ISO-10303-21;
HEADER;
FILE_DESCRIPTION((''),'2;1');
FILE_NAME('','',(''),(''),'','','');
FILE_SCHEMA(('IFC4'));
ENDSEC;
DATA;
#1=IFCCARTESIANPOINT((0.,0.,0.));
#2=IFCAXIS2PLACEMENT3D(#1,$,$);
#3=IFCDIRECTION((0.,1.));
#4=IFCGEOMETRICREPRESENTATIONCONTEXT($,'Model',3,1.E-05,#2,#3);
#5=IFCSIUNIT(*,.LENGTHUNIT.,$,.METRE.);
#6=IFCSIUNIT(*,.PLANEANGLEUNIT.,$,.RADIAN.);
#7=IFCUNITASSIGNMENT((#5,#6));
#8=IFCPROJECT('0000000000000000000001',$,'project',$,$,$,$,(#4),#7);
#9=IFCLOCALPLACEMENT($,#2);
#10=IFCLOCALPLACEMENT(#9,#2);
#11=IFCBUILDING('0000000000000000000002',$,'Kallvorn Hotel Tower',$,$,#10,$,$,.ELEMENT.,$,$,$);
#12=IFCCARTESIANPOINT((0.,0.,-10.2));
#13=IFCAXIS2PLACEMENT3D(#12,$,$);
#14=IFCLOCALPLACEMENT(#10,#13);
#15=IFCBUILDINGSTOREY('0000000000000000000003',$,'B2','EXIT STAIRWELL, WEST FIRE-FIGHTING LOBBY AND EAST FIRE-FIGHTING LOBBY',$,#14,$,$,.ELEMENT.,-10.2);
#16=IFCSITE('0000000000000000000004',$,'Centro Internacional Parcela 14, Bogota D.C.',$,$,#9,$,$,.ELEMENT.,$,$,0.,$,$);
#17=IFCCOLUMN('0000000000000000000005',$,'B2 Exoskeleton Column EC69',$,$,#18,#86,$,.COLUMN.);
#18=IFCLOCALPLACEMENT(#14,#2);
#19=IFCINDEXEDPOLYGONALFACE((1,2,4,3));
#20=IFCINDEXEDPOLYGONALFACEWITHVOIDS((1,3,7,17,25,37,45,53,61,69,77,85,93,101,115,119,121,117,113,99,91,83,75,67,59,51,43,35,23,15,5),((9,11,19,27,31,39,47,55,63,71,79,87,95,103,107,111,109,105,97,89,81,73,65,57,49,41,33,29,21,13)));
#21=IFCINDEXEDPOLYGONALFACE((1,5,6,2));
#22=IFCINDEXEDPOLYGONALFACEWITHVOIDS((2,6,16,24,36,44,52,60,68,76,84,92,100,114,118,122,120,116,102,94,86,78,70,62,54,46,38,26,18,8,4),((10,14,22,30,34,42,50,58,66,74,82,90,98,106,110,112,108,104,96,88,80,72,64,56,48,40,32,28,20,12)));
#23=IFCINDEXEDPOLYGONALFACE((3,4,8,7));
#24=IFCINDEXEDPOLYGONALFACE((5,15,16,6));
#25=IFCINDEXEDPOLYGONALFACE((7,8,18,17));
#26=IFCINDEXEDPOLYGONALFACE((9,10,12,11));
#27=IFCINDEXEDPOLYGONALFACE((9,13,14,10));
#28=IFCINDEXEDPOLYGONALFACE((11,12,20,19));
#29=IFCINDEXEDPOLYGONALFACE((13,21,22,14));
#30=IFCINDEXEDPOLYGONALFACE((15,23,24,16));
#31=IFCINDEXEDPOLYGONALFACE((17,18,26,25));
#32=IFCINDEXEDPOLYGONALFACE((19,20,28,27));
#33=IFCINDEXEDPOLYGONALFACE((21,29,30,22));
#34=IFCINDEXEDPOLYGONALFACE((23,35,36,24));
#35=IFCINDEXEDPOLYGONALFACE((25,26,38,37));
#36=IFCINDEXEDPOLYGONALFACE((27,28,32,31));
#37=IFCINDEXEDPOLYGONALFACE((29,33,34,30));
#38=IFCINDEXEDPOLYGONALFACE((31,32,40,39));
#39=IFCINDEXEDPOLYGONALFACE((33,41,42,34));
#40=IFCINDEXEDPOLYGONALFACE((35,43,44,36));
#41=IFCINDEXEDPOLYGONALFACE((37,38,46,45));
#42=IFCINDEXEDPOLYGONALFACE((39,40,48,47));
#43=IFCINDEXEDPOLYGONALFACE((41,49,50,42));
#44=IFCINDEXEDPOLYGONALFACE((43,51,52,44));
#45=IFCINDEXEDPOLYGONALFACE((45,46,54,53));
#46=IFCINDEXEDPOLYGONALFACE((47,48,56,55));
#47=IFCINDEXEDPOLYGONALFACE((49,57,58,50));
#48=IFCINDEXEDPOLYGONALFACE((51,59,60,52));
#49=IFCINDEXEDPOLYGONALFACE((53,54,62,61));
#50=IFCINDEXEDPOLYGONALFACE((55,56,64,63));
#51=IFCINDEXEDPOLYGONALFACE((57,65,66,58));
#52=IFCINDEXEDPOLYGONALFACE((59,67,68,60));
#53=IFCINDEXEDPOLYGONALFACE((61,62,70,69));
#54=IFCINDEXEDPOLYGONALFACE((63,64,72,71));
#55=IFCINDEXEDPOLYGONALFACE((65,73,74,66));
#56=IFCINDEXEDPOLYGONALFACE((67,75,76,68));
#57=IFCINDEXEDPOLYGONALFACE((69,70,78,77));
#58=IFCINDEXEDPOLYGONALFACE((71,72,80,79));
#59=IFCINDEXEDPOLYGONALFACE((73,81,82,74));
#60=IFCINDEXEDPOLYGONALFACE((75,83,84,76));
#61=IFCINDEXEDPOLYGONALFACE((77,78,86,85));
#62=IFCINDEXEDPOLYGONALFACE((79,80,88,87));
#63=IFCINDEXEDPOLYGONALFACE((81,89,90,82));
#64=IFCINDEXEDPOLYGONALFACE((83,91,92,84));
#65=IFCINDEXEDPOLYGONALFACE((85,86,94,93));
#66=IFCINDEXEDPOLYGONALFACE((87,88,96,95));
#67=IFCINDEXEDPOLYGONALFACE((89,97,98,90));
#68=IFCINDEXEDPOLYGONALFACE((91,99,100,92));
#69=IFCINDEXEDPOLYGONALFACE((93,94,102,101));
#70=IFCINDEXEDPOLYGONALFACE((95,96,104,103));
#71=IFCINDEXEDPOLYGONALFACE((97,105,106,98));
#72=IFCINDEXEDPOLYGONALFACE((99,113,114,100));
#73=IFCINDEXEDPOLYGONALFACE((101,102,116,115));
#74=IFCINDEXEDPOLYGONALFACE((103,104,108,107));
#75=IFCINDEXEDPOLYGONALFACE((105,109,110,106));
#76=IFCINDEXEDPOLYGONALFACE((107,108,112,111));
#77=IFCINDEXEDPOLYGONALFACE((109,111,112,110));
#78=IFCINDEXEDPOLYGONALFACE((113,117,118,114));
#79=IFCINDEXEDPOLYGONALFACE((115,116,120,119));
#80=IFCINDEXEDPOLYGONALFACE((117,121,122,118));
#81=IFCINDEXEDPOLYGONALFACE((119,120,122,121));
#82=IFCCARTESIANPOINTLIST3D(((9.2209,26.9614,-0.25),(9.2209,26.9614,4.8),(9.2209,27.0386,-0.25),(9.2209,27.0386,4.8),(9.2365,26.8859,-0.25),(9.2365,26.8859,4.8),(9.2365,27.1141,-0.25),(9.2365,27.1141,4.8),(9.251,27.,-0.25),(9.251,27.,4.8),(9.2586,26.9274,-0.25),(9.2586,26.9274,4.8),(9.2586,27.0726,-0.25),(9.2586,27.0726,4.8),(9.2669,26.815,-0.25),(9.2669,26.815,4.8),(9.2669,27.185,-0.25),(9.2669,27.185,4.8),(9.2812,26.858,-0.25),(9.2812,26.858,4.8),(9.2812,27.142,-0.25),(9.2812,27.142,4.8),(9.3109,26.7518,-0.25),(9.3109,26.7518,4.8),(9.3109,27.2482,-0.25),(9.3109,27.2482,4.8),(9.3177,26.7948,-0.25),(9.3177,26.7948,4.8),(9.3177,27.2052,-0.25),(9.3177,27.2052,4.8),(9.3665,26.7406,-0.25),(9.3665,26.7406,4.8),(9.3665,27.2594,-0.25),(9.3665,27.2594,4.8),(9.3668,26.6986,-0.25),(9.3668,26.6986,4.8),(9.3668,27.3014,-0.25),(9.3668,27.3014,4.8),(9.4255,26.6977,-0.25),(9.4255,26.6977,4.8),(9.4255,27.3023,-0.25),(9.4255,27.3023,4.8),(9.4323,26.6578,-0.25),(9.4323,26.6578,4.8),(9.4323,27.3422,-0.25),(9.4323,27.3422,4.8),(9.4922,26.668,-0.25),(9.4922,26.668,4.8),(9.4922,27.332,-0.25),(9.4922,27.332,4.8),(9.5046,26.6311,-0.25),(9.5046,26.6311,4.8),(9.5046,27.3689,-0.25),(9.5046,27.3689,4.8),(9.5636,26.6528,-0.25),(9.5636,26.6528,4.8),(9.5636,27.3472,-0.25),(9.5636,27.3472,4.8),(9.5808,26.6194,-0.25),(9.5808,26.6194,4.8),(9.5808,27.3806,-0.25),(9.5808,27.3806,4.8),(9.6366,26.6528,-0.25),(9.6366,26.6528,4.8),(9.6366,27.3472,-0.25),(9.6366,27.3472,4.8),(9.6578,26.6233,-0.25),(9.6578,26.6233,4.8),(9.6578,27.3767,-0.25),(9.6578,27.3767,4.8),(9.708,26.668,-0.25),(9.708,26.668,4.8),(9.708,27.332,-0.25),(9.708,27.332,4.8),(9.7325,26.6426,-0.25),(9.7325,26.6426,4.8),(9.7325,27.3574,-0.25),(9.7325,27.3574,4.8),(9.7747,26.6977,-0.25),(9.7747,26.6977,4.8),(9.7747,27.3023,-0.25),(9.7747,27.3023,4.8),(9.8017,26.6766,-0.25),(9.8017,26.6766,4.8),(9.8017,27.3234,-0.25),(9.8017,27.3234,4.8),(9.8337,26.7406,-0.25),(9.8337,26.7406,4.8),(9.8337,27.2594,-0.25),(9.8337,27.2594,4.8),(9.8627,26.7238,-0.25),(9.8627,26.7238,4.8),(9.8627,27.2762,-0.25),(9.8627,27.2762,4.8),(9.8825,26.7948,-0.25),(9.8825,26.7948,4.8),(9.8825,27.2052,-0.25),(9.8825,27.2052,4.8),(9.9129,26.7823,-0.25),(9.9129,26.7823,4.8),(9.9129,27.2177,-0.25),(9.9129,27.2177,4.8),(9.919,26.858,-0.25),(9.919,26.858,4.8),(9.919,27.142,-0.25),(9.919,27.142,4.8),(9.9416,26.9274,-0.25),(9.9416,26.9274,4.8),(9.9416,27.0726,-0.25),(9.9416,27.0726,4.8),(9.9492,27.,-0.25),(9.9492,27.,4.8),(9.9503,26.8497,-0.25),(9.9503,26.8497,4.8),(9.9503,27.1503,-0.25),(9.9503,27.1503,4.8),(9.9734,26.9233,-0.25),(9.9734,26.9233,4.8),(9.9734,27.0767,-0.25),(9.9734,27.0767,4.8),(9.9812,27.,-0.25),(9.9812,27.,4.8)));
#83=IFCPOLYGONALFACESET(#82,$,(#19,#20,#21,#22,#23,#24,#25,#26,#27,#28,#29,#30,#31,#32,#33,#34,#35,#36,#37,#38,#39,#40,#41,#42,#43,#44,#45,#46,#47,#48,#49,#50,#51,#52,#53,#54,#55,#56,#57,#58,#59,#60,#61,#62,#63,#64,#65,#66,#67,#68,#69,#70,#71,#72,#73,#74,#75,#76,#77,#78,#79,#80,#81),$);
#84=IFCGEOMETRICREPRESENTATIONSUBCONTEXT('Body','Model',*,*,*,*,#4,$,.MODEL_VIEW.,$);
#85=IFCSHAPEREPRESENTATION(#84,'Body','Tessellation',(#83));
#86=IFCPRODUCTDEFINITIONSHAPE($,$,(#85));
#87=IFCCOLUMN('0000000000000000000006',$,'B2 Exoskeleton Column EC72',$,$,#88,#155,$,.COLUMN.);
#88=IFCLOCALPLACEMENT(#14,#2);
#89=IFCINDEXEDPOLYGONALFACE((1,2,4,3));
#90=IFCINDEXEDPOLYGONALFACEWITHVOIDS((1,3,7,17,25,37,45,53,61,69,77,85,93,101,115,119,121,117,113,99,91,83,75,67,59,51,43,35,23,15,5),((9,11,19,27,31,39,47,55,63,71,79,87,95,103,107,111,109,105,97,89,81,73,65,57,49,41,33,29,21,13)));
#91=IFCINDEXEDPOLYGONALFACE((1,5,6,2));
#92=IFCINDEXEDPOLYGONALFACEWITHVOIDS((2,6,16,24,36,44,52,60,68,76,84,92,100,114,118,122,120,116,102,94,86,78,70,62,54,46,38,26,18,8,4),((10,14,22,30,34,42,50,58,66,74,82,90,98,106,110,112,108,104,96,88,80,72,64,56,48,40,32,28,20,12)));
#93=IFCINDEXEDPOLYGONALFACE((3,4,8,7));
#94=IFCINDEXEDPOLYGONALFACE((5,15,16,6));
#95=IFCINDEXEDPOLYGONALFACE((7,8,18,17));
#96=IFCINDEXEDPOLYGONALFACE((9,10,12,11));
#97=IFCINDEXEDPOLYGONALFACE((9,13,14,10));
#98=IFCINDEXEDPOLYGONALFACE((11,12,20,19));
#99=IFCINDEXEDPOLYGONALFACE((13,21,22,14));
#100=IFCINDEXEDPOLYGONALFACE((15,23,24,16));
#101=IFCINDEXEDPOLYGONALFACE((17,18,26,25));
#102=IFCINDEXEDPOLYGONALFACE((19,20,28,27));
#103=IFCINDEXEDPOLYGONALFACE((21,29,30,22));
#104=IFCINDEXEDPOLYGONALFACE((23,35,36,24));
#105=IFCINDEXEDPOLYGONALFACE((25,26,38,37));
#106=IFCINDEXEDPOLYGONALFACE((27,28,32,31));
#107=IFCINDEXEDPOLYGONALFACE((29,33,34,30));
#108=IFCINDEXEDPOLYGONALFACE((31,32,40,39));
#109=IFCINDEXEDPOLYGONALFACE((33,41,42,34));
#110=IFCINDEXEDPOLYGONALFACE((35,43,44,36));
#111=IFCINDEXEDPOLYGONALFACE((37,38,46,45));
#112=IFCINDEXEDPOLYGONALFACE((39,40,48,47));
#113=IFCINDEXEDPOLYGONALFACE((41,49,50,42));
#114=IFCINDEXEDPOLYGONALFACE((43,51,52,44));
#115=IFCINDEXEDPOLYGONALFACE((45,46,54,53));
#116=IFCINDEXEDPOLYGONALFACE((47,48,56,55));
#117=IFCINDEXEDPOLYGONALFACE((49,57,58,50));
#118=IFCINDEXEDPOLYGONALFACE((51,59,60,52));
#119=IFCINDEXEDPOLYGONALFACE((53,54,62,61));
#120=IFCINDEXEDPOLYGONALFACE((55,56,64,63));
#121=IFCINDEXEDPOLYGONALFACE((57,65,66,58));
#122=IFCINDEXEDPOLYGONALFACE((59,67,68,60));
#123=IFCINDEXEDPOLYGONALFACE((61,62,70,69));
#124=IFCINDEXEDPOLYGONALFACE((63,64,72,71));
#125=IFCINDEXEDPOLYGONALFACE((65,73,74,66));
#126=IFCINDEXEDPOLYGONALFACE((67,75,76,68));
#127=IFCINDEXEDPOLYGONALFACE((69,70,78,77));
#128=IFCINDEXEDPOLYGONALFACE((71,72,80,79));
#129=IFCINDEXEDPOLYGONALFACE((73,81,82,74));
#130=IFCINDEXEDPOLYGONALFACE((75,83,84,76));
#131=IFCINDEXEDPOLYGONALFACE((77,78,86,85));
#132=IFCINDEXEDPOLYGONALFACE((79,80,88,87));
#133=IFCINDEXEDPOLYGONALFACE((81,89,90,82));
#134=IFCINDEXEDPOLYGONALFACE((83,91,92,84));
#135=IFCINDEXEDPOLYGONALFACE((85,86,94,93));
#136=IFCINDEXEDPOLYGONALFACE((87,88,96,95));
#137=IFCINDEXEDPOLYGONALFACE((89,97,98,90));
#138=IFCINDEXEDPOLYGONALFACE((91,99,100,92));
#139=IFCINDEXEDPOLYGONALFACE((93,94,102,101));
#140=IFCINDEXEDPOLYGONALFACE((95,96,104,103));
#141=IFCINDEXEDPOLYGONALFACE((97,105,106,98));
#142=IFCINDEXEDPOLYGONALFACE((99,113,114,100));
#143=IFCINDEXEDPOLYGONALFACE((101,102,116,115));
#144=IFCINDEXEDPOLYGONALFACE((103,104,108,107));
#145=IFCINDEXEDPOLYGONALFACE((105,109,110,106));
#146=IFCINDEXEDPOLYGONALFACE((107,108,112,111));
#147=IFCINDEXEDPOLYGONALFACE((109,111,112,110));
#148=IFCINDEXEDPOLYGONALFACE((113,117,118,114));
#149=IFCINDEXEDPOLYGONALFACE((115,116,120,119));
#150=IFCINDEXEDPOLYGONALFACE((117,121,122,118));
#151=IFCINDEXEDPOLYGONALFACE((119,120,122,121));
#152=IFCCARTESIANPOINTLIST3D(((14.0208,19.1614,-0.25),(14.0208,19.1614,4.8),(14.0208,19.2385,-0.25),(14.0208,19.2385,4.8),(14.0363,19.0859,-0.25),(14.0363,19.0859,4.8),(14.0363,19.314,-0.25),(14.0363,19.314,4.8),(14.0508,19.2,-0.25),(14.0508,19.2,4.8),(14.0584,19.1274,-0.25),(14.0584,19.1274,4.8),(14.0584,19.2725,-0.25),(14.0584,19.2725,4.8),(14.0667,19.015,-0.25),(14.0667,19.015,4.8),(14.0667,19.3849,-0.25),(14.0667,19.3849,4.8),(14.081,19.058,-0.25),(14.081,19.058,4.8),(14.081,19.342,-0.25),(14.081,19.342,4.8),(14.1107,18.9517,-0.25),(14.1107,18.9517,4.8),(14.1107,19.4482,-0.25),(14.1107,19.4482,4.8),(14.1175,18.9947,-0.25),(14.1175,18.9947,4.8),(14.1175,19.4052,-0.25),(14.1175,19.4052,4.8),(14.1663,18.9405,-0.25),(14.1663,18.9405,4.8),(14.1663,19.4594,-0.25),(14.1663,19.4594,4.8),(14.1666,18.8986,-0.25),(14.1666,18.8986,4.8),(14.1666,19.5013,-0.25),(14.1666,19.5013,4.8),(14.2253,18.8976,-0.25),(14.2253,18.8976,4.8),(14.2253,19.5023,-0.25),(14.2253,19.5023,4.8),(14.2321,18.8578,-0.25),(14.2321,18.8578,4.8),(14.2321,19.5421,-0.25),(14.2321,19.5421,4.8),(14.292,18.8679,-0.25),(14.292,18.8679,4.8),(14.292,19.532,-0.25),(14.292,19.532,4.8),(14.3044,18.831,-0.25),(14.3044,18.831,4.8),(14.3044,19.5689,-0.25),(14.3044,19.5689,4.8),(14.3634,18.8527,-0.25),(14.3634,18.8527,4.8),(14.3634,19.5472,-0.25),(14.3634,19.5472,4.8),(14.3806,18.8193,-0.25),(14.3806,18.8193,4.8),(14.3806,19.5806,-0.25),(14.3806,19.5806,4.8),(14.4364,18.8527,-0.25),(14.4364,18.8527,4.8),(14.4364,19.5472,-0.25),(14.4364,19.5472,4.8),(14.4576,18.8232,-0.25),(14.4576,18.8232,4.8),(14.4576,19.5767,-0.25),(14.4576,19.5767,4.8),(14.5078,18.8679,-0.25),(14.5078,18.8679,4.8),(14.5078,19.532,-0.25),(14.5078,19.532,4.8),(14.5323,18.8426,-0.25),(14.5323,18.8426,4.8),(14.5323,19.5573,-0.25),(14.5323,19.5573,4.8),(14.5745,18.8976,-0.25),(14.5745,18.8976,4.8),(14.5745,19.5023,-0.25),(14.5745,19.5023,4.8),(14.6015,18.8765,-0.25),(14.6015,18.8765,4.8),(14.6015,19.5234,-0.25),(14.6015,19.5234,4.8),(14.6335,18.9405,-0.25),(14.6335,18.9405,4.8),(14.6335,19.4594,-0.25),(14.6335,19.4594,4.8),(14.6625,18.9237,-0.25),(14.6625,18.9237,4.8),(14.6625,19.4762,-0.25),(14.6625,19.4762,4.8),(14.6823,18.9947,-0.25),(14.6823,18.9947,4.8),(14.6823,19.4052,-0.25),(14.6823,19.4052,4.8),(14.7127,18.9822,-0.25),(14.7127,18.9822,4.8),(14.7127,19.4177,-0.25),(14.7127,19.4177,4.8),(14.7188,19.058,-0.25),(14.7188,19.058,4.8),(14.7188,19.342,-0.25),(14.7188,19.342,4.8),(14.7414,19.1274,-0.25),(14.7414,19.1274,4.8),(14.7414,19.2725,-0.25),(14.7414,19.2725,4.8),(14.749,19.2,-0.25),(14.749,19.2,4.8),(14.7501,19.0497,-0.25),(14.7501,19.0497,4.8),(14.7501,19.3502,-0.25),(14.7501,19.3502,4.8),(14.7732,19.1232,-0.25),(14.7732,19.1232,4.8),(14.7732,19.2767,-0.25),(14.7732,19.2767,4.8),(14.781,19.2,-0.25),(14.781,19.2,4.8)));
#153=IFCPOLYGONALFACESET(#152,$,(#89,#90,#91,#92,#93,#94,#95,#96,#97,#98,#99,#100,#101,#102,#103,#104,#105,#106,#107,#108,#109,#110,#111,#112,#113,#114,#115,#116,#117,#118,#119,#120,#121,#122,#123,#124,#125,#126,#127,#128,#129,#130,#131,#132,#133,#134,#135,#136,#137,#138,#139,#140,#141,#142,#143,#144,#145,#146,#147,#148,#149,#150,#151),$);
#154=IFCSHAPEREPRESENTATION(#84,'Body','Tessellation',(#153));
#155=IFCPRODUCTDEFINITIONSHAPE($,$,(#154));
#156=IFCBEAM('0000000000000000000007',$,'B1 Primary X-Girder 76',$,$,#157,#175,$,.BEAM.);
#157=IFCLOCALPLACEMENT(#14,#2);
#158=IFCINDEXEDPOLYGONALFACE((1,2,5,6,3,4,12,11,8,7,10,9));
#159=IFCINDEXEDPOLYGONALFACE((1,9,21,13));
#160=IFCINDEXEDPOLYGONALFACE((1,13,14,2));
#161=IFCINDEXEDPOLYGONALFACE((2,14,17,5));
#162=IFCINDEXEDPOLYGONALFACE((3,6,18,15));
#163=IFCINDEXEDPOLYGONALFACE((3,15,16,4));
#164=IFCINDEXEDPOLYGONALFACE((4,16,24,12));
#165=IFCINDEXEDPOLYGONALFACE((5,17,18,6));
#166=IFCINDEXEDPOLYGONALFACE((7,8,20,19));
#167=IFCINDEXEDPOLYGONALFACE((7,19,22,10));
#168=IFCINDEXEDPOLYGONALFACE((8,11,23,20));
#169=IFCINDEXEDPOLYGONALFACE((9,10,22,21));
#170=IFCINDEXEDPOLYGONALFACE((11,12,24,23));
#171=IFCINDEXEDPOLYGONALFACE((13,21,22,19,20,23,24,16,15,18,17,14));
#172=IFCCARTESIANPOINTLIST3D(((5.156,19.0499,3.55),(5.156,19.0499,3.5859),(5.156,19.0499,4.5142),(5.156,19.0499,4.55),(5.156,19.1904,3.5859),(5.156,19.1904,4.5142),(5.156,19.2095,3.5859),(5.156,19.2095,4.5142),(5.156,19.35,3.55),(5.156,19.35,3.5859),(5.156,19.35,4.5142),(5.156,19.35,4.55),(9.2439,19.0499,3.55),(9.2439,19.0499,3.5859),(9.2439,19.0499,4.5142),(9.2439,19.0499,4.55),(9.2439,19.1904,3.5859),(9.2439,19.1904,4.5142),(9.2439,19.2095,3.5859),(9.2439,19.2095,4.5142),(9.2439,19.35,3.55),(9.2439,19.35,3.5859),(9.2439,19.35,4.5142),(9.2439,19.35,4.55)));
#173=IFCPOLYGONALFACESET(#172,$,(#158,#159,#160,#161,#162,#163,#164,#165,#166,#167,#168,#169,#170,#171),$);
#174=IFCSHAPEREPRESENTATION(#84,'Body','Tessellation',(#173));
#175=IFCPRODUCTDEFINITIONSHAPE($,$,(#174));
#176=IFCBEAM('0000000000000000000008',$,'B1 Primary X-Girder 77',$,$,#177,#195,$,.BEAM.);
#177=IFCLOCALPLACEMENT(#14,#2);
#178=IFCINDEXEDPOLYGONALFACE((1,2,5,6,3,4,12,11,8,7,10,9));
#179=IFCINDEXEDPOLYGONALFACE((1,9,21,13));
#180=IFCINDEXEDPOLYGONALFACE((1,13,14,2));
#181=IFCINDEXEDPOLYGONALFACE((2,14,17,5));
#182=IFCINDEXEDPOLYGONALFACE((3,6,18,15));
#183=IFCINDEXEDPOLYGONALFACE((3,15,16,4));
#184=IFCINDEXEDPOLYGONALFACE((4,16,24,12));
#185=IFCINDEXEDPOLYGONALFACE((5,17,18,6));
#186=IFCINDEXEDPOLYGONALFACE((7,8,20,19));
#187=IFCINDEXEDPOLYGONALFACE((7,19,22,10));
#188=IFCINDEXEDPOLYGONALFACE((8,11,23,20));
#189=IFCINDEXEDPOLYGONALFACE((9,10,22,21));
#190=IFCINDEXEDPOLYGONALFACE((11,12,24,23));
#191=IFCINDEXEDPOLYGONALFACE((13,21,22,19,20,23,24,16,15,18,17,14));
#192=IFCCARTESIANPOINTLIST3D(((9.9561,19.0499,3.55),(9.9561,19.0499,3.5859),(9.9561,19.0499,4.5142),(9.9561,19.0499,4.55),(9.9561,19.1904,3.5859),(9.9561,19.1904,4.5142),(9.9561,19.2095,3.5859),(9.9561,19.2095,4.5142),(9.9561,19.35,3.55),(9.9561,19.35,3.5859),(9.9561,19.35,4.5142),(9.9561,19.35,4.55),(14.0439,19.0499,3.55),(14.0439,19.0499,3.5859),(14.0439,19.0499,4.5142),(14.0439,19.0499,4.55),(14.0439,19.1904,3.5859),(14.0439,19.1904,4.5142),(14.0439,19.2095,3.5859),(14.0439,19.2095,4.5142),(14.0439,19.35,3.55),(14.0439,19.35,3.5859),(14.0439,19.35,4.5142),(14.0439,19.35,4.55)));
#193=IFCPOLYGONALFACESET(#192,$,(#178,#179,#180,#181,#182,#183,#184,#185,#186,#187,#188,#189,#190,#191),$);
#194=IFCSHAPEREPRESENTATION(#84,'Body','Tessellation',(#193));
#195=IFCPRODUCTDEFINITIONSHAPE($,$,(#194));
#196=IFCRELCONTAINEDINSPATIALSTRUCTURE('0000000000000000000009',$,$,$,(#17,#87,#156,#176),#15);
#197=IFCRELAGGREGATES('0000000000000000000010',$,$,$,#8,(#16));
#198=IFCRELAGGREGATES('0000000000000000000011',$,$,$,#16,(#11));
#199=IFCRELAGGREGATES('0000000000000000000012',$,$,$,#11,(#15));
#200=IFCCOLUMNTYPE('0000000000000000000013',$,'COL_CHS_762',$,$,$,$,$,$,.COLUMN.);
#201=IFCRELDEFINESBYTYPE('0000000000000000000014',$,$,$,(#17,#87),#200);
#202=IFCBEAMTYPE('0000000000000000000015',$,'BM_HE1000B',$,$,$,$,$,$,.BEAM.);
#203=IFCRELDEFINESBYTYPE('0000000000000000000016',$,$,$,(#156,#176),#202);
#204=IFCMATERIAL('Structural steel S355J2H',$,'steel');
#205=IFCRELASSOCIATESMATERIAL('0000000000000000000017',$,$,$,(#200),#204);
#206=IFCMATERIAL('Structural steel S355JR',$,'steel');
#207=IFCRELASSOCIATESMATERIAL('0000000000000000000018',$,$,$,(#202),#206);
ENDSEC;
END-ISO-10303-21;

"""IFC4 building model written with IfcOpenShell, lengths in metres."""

from ifc_helpers import new_model, si_unit, direction, frame, origin, origin_2d, place, context, subcontext, project, spatial, hollow_circle, i_section, extrude, material, material_profile, profile_set, type_object, element, save


model = new_model("IFC4")

# Units and contexts
model_context = context("Model", 3, precision=1e-05, world=origin(), true_north=direction((0.0, 1.0)))
body_context = subcontext(model_context, "Body", "Model", "MODEL_VIEW")
ifc_project = project(units=[si_unit("LENGTHUNIT", "METRE"), si_unit("PLANEANGLEUNIT", "RADIAN")], contexts=[model_context])

# Site, building, storey
site_placement = place(None, origin())
site = spatial("IfcSite", under=ifc_project, at=site_placement, Name="Centro Internacional Parcela 14, Bogota D.C.", CompositionType="ELEMENT", RefElevation=0.0)
building_placement = place(site_placement, origin())
building = spatial("IfcBuilding", under=site, at=building_placement, Name="Kallvorn Hotel Tower", CompositionType="ELEMENT")
storey_placement = place(building_placement, frame((0.0, 0.0, -10.2)))
storey = spatial("IfcBuildingStorey", under=building, at=storey_placement, Name="B2", Description="EXIT STAIRWELL, WEST FIRE-FIGHTING LOBBY AND EAST FIRE-FIGHTING LOBBY", CompositionType="ELEMENT", Elevation=-10.2)

# Columns
ifc_material_1 = material(Name="Structural steel S355J2H", Category="steel")
ifc_material_profile_1 = material_profile(ifc_material_1, hollow_circle(Radius=0.3811, WallThickness=0.032, at=origin_2d()), Name="CHS 762x32")
ifc_profile_set_1 = profile_set([ifc_material_profile_1], Name="Structural steel S355J2H")
column_type_1 = type_object("IfcColumnType", Name="COL_CHS_762", PredefinedType="COLUMN", material=ifc_profile_set_1)
for number, where, z_axis, x_axis, name in (
    (1, (9.6001, 27.0, -0.25), (0.0, 0.0, 1.0), (1.0, 0.0, 0.0), "B2 Exoskeleton Column EC69"),
    (2, (14.3999, 19.2, -0.25), (0.0, 0.0, 1.0), (1.0, 0.0, 0.0), "B2 Exoskeleton Column EC72"),
):
    element("IfcColumn", number, at=place(storey_placement, frame(where, z_axis=z_axis, x_axis=x_axis)), inside=storey, type_object=column_type_1, Name=name, PredefinedType="COLUMN", context=body_context, shape_type="SweptSolid", body=[
        extrude(hollow_circle(Radius=0.3811, WallThickness=0.032, at=origin_2d()), origin(), (0.0, 0.0, 1.0), 5.05),
    ])

# Beams
ifc_material_2 = material(Name="Structural steel S355JR", Category="steel")
ifc_material_profile_2 = material_profile(ifc_material_2, i_section(OverallWidth=0.3, OverallDepth=1.0, WebThickness=0.019, FlangeThickness=0.0359, at=origin_2d()), Name="HE 1000 B")
ifc_profile_set_2 = profile_set([ifc_material_profile_2], Name="Structural steel S355JR")
beam_type_1 = type_object("IfcBeamType", Name="BM_HE1000B", PredefinedType="BEAM", material=ifc_profile_set_2)
for number, where, z_axis, x_axis, name in (
    (3, (5.156, 19.2, 4.05), (1.0, 0.0, 0.0), (0.0, 1.0, 0.0), "B1 Primary X-Girder 76"),
    (4, (9.9561, 19.2, 4.05), (1.0, 0.0, 0.0), (0.0, 1.0, 0.0), "B1 Primary X-Girder 77"),
):
    element("IfcBeam", number, at=place(storey_placement, frame(where, z_axis=z_axis, x_axis=x_axis)), inside=storey, type_object=beam_type_1, Name=name, PredefinedType="BEAM", context=body_context, shape_type="SweptSolid", body=[
        extrude(i_section(OverallWidth=0.3, OverallDepth=1.0, WebThickness=0.019, FlangeThickness=0.0359, at=origin_2d()), origin(), (0.0, 0.0, 1.0), 4.0879),
    ])

save(model, "model.ifc")
